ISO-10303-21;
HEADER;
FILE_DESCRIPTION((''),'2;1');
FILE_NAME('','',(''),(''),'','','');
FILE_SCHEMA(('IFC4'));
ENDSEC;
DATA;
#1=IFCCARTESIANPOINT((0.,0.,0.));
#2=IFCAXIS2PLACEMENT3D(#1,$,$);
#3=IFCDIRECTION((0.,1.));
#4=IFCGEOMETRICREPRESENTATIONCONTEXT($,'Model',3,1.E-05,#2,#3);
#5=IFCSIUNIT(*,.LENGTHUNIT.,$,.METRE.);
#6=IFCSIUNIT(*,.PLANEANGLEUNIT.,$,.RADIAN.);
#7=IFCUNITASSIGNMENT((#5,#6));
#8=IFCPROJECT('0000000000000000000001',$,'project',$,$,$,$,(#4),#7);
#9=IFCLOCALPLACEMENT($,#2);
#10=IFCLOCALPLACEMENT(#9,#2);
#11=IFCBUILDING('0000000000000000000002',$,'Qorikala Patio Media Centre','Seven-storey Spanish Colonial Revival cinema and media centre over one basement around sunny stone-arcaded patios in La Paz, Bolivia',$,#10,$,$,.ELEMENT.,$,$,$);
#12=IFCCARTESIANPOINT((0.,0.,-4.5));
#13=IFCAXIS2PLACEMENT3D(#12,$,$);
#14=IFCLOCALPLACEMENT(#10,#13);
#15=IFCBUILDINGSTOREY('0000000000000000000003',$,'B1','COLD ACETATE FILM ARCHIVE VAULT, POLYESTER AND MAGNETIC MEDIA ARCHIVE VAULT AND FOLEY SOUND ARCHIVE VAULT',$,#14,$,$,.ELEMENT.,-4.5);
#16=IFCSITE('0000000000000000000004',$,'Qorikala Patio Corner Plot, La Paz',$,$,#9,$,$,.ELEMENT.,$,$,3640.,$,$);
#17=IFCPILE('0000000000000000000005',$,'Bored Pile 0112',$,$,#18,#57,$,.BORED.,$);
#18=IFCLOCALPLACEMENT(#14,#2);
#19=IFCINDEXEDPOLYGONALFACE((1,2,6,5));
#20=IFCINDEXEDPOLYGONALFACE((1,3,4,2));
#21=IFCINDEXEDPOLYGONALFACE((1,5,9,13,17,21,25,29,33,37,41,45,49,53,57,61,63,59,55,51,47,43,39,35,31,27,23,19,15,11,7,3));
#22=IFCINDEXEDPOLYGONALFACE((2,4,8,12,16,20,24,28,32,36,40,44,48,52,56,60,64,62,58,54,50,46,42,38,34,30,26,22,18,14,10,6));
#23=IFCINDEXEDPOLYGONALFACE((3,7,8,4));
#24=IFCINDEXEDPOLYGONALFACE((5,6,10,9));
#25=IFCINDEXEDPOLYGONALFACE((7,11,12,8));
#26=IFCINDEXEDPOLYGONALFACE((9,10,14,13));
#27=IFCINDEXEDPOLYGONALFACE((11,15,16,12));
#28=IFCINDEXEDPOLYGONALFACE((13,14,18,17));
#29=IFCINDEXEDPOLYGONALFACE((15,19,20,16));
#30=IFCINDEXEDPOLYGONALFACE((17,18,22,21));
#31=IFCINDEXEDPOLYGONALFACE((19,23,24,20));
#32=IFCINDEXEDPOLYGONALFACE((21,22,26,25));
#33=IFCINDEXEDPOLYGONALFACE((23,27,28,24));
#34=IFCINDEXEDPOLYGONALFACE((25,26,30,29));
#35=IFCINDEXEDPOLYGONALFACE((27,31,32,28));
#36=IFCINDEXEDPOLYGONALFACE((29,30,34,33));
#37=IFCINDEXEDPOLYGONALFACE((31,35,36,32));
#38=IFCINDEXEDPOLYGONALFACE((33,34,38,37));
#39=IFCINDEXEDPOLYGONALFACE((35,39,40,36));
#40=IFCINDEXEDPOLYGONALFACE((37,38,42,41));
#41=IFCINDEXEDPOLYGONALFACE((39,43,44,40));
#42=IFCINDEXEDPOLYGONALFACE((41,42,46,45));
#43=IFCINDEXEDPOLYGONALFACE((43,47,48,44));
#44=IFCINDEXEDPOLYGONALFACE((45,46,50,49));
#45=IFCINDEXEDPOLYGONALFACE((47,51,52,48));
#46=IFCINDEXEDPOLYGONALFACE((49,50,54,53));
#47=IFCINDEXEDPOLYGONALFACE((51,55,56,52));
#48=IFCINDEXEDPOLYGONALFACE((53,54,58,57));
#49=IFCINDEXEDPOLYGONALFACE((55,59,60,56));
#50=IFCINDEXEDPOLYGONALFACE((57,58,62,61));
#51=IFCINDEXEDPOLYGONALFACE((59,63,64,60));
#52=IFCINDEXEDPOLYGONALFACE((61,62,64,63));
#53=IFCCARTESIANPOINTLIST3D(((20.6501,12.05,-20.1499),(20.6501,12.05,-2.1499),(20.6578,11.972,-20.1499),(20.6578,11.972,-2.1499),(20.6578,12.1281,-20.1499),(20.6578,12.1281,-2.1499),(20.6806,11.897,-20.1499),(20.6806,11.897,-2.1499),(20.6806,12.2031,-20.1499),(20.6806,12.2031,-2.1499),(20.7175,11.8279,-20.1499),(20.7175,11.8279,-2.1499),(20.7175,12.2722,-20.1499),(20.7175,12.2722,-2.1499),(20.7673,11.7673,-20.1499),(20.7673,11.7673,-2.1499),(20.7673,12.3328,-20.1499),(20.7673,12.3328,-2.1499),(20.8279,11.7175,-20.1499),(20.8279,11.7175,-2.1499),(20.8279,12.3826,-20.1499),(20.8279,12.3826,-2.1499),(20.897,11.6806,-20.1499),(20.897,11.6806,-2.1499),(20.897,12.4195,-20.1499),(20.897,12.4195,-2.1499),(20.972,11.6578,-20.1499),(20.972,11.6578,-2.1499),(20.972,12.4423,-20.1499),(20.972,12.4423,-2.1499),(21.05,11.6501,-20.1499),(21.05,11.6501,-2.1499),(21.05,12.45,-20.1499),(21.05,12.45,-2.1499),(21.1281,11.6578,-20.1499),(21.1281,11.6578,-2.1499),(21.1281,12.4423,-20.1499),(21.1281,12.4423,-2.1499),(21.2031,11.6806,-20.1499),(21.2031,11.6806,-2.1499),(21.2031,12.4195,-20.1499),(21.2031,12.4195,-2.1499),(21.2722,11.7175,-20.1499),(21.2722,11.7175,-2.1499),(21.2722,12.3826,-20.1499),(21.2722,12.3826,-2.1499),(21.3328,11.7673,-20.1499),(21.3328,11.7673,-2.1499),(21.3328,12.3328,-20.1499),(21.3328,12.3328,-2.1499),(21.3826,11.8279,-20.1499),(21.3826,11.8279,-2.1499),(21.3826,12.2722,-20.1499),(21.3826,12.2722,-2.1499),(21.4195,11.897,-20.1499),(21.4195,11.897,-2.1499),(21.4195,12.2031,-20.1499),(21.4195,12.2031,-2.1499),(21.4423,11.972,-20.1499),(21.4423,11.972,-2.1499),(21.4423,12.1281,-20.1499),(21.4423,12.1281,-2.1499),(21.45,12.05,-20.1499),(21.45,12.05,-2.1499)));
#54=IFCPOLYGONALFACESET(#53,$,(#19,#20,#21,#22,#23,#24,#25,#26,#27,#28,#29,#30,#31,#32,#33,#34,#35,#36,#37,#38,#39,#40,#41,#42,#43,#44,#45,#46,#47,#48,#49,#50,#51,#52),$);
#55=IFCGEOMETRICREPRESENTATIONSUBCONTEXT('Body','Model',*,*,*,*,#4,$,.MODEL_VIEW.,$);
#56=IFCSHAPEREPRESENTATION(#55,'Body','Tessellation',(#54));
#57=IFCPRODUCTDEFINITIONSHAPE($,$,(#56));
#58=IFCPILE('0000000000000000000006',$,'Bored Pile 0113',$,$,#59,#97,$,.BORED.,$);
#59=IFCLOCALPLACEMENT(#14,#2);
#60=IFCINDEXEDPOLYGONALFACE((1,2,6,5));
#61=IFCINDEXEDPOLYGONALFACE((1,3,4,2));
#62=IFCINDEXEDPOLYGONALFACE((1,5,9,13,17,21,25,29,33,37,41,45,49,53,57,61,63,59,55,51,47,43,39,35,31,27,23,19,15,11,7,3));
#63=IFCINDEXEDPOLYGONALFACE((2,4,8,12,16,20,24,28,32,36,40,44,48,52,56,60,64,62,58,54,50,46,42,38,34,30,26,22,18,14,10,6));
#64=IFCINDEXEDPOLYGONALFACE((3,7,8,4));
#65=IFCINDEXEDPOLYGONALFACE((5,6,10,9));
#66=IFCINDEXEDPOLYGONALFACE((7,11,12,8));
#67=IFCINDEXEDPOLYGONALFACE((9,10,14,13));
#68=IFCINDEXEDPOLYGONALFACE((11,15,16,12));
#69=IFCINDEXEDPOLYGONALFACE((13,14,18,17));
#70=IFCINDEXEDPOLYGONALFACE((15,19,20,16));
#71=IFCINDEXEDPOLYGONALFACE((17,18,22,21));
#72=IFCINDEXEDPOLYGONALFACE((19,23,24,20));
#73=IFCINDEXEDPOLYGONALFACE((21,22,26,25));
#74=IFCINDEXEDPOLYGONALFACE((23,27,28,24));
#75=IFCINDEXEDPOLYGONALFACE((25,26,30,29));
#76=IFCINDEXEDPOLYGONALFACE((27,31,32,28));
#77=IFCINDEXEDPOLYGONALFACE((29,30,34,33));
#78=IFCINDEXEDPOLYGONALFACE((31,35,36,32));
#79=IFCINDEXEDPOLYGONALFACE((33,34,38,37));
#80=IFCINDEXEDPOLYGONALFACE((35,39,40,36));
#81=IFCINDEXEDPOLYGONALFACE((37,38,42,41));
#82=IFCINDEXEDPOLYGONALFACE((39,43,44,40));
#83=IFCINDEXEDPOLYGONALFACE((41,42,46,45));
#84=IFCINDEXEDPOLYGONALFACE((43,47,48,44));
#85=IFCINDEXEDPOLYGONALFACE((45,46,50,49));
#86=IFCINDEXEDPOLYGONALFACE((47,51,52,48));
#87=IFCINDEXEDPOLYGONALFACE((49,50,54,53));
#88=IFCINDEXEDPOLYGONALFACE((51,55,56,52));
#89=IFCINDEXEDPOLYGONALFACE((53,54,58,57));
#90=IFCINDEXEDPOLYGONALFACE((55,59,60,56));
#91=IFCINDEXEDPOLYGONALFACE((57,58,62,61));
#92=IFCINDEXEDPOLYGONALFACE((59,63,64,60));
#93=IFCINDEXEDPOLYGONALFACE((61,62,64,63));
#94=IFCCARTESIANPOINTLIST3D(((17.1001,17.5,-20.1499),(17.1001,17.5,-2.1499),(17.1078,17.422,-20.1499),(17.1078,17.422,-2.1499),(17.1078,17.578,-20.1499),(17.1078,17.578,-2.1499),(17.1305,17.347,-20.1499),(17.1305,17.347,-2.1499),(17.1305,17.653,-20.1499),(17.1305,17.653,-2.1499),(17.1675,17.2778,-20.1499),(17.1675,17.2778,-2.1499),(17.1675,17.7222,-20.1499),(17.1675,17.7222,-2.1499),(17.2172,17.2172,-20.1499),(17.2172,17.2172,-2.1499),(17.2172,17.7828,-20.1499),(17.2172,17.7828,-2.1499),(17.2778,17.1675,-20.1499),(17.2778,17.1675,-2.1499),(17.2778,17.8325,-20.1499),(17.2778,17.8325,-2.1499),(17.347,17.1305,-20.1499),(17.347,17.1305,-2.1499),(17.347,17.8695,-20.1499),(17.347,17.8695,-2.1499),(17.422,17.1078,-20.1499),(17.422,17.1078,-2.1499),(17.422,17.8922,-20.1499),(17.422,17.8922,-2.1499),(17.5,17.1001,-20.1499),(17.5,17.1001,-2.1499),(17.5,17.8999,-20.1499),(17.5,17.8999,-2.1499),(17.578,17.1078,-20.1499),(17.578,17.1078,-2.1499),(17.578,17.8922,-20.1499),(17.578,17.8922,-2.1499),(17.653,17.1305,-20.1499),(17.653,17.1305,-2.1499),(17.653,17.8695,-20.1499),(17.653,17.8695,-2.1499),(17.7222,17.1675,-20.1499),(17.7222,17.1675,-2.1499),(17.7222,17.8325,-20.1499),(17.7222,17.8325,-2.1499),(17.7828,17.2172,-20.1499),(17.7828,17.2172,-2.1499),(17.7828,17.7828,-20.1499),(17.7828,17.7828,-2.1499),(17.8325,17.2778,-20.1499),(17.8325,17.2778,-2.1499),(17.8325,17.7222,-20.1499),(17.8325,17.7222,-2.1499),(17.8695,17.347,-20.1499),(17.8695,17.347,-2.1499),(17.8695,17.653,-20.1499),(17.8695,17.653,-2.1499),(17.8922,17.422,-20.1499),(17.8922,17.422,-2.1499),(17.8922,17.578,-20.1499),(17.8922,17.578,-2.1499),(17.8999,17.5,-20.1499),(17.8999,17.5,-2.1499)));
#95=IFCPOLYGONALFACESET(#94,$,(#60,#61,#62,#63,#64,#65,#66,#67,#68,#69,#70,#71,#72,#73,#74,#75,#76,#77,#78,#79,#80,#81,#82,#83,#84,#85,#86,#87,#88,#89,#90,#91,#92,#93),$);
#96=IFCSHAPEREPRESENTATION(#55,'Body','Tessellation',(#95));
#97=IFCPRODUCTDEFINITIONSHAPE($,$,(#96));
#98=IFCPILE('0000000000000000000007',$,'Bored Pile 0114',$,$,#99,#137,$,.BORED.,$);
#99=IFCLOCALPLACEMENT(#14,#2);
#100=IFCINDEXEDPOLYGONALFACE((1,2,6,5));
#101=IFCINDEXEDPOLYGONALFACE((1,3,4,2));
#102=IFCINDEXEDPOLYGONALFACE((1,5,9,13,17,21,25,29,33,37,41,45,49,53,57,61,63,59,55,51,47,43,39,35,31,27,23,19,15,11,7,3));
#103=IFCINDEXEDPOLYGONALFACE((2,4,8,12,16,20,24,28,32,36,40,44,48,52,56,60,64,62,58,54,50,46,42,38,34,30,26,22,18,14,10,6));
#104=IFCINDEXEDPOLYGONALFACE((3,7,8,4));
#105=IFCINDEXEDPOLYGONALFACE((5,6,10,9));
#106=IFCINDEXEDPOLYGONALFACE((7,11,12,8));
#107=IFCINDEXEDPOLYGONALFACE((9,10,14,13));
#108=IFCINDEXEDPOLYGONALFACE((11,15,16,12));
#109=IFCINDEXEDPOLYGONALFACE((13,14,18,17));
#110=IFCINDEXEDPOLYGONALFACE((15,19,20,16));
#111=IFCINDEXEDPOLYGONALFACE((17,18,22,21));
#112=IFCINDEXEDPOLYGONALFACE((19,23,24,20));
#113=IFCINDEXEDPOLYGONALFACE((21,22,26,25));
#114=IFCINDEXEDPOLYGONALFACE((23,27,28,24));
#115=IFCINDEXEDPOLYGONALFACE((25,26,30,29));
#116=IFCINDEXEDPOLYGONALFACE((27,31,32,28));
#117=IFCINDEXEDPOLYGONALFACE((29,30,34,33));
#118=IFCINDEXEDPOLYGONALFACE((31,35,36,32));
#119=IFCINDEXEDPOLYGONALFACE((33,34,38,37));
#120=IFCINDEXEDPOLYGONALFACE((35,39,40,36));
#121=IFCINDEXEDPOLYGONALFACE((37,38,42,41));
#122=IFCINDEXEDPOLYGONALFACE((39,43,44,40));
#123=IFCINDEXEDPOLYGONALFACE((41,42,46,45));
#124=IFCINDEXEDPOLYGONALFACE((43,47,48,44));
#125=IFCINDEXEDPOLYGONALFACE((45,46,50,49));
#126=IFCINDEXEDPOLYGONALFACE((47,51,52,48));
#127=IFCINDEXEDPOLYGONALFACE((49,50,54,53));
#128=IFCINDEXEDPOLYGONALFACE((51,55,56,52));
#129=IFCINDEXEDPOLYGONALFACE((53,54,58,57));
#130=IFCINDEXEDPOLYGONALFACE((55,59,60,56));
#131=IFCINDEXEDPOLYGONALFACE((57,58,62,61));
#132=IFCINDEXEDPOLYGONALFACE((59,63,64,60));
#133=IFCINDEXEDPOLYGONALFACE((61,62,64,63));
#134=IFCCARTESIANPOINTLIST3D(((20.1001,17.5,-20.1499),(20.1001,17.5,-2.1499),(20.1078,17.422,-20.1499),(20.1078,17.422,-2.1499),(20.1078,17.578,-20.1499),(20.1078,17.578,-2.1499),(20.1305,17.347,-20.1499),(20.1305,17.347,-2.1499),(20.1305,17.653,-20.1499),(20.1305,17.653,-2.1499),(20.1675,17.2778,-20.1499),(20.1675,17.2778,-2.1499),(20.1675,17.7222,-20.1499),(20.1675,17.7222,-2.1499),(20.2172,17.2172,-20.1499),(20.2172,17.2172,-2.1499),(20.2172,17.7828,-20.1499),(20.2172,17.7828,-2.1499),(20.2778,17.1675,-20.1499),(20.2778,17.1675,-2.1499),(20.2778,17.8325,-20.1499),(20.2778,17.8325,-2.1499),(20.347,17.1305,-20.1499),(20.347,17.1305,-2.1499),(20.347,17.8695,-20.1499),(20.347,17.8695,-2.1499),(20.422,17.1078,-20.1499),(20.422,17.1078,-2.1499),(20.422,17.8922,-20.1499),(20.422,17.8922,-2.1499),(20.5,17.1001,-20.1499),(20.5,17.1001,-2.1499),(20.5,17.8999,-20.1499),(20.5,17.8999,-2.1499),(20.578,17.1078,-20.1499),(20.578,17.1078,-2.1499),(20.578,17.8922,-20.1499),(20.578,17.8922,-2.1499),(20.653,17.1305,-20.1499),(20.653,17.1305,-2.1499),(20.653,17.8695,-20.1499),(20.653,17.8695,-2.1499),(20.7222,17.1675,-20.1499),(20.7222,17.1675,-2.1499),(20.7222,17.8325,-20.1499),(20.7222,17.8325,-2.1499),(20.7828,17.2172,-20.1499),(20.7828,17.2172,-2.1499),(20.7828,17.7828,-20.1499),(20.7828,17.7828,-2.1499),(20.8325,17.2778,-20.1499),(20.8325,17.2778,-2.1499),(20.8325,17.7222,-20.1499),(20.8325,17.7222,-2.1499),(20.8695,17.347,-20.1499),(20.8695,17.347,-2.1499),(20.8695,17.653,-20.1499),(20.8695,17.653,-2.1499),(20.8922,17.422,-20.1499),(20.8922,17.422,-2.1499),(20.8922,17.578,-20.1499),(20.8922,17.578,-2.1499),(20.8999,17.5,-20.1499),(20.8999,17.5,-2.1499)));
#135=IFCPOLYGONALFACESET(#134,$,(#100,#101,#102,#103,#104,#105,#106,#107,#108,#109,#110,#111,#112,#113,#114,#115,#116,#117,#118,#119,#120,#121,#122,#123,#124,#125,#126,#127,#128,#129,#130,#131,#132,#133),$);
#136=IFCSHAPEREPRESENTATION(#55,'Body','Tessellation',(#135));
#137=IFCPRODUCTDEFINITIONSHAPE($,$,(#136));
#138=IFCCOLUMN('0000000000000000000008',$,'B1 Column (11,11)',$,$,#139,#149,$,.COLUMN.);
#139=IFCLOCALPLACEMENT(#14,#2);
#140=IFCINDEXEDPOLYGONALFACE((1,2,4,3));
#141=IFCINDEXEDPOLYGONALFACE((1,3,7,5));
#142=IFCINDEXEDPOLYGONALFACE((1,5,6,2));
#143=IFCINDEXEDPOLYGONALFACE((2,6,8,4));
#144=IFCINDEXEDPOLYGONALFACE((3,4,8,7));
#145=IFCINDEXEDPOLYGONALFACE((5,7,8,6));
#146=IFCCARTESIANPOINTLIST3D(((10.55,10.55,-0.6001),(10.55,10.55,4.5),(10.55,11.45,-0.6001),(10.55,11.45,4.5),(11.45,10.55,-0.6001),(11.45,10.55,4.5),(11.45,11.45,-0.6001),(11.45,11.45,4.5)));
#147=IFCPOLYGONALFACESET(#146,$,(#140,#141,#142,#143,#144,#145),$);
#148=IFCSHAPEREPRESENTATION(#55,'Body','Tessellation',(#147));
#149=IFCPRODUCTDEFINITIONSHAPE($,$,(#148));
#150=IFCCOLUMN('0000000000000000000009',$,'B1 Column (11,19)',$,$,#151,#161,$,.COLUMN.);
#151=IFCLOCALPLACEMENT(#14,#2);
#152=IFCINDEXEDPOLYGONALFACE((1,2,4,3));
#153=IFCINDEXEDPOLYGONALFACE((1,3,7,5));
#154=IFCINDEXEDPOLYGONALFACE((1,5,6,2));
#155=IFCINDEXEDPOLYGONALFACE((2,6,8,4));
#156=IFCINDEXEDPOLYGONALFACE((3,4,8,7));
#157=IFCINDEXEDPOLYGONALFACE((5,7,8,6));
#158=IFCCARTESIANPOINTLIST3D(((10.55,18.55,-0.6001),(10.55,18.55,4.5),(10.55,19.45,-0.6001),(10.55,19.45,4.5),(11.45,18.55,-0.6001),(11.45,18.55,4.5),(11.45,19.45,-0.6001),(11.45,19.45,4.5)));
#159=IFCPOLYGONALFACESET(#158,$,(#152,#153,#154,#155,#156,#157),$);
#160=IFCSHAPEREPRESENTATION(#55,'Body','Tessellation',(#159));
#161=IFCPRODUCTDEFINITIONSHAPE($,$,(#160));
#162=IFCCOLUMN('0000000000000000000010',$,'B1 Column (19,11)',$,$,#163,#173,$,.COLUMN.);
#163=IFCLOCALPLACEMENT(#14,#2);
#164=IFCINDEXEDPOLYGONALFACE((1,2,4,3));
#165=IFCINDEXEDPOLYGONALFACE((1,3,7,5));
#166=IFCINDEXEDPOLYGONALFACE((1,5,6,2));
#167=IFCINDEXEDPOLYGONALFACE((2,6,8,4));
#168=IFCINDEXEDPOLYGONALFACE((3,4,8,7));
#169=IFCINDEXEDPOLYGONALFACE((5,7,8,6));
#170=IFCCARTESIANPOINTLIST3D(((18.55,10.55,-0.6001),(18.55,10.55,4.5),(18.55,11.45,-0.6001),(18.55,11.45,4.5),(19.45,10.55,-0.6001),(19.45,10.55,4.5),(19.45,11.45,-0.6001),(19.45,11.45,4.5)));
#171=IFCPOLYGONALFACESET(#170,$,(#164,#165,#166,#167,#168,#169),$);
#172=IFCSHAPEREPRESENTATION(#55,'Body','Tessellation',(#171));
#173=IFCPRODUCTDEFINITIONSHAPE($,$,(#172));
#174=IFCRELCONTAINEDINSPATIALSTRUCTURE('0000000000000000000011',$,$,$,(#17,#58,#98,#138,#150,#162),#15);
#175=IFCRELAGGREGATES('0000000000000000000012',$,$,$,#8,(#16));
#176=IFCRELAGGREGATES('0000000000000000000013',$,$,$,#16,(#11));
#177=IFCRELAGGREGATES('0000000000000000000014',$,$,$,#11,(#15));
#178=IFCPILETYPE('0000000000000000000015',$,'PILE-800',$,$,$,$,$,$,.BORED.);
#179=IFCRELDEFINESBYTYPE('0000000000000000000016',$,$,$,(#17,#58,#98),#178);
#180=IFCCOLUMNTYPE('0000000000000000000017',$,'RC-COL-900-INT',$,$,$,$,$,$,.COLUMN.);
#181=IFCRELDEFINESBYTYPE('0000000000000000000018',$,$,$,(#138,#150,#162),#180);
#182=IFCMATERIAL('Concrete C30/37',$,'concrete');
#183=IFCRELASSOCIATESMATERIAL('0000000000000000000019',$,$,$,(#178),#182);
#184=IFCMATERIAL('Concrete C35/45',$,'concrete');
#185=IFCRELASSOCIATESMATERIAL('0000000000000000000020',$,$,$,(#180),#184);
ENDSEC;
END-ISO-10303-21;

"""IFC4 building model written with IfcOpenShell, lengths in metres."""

from ifc_helpers import new_model, si_unit, direction, frame, origin, origin_2d, place, context, subcontext, project, spatial, rectangle, circle, extrude, material, material_profile, profile_set, type_object, element, save


model = new_model("IFC4")

# Units and contexts
model_context = context("Model", 3, precision=1e-05, world=origin(), true_north=direction((0.0, 1.0)))
body_context = subcontext(model_context, "Body", "Model", "MODEL_VIEW")
ifc_project = project(units=[si_unit("LENGTHUNIT", "METRE"), si_unit("PLANEANGLEUNIT", "RADIAN")], contexts=[model_context])

# Site, building, storey
site_placement = place(None, origin())
site = spatial("IfcSite", under=ifc_project, at=site_placement, Name="Qorikala Patio Corner Plot, La Paz", CompositionType="ELEMENT", RefElevation=3640.0)
building_placement = place(site_placement, origin())
building = spatial("IfcBuilding", under=site, at=building_placement, Name="Qorikala Patio Media Centre", Description="Seven-storey Spanish Colonial Revival cinema and media centre over one basement around sunny stone-arcaded patios in La Paz, Bolivia", CompositionType="ELEMENT")
storey_placement = place(building_placement, frame((0.0, 0.0, -4.5)))
storey = spatial("IfcBuildingStorey", under=building, at=storey_placement, Name="B1", Description="COLD ACETATE FILM ARCHIVE VAULT, POLYESTER AND MAGNETIC MEDIA ARCHIVE VAULT AND FOLEY SOUND ARCHIVE VAULT", CompositionType="ELEMENT", Elevation=-4.5)

# Shared definitions
ifc_material_1 = material(Name="Concrete C30/37", Category="concrete")

# Piles
ifc_material_profile_1 = material_profile(ifc_material_1, circle(Radius=0.3999, at=origin_2d()), Name="BORED PILE 800")
ifc_profile_set_1 = profile_set([ifc_material_profile_1], Name="Concrete C30/37")
pile_type = type_object("IfcPileType", Name="PILE-800", PredefinedType="BORED", material=ifc_profile_set_1)
for number, where, z_axis, x_axis, name in (
    (1, (21.05, 12.05, -2.1499), (0.0, 0.0, -1.0), (1.0, 0.0, 0.0), "Bored Pile 0112"),
    (2, (17.5, 17.5, -2.1499), (0.0, 0.0, -1.0), (1.0, 0.0, 0.0), "Bored Pile 0113"),
    (3, (20.5, 17.5, -2.1499), (0.0, 0.0, -1.0), (1.0, 0.0, 0.0), "Bored Pile 0114"),
):
    element("IfcPile", number, at=place(storey_placement, frame(where, z_axis=z_axis, x_axis=x_axis)), inside=storey, type_object=pile_type, Name=name, PredefinedType="BORED", context=body_context, shape_type="SweptSolid", body=[
        extrude(circle(Radius=0.3999, at=origin_2d()), origin(), (0.0, 0.0, 1.0), 18.0),
    ])

# Columns
ifc_material_2 = material(Name="Concrete C35/45", Category="concrete")
ifc_material_profile_2 = material_profile(ifc_material_2, rectangle(XDim=0.8999, YDim=0.8999, at=origin_2d()), Name="RC 900x900")
ifc_profile_set_2 = profile_set([ifc_material_profile_2], Name="Concrete C35/45")
column_type = type_object("IfcColumnType", Name="RC-COL-900-INT", PredefinedType="COLUMN", material=ifc_profile_set_2)
for number, where, z_axis, x_axis, name in (
    (4, (11.0, 11.0, -0.6001), (0.0, 0.0, 1.0), (1.0, 0.0, 0.0), "B1 Column (11,11)"),
    (5, (11.0, 19.0, -0.6001), (0.0, 0.0, 1.0), (1.0, 0.0, 0.0), "B1 Column (11,19)"),
    (6, (19.0, 11.0, -0.6001), (0.0, 0.0, 1.0), (1.0, 0.0, 0.0), "B1 Column (19,11)"),
):
    element("IfcColumn", number, at=place(storey_placement, frame(where, z_axis=z_axis, x_axis=x_axis)), inside=storey, type_object=column_type, Name=name, PredefinedType="COLUMN", context=body_context, shape_type="SweptSolid", body=[
        extrude(rectangle(XDim=0.8999, YDim=0.8999, at=origin_2d()), origin(), (0.0, 0.0, 1.0), 5.1001),
    ])

save(model, "model.ifc")
